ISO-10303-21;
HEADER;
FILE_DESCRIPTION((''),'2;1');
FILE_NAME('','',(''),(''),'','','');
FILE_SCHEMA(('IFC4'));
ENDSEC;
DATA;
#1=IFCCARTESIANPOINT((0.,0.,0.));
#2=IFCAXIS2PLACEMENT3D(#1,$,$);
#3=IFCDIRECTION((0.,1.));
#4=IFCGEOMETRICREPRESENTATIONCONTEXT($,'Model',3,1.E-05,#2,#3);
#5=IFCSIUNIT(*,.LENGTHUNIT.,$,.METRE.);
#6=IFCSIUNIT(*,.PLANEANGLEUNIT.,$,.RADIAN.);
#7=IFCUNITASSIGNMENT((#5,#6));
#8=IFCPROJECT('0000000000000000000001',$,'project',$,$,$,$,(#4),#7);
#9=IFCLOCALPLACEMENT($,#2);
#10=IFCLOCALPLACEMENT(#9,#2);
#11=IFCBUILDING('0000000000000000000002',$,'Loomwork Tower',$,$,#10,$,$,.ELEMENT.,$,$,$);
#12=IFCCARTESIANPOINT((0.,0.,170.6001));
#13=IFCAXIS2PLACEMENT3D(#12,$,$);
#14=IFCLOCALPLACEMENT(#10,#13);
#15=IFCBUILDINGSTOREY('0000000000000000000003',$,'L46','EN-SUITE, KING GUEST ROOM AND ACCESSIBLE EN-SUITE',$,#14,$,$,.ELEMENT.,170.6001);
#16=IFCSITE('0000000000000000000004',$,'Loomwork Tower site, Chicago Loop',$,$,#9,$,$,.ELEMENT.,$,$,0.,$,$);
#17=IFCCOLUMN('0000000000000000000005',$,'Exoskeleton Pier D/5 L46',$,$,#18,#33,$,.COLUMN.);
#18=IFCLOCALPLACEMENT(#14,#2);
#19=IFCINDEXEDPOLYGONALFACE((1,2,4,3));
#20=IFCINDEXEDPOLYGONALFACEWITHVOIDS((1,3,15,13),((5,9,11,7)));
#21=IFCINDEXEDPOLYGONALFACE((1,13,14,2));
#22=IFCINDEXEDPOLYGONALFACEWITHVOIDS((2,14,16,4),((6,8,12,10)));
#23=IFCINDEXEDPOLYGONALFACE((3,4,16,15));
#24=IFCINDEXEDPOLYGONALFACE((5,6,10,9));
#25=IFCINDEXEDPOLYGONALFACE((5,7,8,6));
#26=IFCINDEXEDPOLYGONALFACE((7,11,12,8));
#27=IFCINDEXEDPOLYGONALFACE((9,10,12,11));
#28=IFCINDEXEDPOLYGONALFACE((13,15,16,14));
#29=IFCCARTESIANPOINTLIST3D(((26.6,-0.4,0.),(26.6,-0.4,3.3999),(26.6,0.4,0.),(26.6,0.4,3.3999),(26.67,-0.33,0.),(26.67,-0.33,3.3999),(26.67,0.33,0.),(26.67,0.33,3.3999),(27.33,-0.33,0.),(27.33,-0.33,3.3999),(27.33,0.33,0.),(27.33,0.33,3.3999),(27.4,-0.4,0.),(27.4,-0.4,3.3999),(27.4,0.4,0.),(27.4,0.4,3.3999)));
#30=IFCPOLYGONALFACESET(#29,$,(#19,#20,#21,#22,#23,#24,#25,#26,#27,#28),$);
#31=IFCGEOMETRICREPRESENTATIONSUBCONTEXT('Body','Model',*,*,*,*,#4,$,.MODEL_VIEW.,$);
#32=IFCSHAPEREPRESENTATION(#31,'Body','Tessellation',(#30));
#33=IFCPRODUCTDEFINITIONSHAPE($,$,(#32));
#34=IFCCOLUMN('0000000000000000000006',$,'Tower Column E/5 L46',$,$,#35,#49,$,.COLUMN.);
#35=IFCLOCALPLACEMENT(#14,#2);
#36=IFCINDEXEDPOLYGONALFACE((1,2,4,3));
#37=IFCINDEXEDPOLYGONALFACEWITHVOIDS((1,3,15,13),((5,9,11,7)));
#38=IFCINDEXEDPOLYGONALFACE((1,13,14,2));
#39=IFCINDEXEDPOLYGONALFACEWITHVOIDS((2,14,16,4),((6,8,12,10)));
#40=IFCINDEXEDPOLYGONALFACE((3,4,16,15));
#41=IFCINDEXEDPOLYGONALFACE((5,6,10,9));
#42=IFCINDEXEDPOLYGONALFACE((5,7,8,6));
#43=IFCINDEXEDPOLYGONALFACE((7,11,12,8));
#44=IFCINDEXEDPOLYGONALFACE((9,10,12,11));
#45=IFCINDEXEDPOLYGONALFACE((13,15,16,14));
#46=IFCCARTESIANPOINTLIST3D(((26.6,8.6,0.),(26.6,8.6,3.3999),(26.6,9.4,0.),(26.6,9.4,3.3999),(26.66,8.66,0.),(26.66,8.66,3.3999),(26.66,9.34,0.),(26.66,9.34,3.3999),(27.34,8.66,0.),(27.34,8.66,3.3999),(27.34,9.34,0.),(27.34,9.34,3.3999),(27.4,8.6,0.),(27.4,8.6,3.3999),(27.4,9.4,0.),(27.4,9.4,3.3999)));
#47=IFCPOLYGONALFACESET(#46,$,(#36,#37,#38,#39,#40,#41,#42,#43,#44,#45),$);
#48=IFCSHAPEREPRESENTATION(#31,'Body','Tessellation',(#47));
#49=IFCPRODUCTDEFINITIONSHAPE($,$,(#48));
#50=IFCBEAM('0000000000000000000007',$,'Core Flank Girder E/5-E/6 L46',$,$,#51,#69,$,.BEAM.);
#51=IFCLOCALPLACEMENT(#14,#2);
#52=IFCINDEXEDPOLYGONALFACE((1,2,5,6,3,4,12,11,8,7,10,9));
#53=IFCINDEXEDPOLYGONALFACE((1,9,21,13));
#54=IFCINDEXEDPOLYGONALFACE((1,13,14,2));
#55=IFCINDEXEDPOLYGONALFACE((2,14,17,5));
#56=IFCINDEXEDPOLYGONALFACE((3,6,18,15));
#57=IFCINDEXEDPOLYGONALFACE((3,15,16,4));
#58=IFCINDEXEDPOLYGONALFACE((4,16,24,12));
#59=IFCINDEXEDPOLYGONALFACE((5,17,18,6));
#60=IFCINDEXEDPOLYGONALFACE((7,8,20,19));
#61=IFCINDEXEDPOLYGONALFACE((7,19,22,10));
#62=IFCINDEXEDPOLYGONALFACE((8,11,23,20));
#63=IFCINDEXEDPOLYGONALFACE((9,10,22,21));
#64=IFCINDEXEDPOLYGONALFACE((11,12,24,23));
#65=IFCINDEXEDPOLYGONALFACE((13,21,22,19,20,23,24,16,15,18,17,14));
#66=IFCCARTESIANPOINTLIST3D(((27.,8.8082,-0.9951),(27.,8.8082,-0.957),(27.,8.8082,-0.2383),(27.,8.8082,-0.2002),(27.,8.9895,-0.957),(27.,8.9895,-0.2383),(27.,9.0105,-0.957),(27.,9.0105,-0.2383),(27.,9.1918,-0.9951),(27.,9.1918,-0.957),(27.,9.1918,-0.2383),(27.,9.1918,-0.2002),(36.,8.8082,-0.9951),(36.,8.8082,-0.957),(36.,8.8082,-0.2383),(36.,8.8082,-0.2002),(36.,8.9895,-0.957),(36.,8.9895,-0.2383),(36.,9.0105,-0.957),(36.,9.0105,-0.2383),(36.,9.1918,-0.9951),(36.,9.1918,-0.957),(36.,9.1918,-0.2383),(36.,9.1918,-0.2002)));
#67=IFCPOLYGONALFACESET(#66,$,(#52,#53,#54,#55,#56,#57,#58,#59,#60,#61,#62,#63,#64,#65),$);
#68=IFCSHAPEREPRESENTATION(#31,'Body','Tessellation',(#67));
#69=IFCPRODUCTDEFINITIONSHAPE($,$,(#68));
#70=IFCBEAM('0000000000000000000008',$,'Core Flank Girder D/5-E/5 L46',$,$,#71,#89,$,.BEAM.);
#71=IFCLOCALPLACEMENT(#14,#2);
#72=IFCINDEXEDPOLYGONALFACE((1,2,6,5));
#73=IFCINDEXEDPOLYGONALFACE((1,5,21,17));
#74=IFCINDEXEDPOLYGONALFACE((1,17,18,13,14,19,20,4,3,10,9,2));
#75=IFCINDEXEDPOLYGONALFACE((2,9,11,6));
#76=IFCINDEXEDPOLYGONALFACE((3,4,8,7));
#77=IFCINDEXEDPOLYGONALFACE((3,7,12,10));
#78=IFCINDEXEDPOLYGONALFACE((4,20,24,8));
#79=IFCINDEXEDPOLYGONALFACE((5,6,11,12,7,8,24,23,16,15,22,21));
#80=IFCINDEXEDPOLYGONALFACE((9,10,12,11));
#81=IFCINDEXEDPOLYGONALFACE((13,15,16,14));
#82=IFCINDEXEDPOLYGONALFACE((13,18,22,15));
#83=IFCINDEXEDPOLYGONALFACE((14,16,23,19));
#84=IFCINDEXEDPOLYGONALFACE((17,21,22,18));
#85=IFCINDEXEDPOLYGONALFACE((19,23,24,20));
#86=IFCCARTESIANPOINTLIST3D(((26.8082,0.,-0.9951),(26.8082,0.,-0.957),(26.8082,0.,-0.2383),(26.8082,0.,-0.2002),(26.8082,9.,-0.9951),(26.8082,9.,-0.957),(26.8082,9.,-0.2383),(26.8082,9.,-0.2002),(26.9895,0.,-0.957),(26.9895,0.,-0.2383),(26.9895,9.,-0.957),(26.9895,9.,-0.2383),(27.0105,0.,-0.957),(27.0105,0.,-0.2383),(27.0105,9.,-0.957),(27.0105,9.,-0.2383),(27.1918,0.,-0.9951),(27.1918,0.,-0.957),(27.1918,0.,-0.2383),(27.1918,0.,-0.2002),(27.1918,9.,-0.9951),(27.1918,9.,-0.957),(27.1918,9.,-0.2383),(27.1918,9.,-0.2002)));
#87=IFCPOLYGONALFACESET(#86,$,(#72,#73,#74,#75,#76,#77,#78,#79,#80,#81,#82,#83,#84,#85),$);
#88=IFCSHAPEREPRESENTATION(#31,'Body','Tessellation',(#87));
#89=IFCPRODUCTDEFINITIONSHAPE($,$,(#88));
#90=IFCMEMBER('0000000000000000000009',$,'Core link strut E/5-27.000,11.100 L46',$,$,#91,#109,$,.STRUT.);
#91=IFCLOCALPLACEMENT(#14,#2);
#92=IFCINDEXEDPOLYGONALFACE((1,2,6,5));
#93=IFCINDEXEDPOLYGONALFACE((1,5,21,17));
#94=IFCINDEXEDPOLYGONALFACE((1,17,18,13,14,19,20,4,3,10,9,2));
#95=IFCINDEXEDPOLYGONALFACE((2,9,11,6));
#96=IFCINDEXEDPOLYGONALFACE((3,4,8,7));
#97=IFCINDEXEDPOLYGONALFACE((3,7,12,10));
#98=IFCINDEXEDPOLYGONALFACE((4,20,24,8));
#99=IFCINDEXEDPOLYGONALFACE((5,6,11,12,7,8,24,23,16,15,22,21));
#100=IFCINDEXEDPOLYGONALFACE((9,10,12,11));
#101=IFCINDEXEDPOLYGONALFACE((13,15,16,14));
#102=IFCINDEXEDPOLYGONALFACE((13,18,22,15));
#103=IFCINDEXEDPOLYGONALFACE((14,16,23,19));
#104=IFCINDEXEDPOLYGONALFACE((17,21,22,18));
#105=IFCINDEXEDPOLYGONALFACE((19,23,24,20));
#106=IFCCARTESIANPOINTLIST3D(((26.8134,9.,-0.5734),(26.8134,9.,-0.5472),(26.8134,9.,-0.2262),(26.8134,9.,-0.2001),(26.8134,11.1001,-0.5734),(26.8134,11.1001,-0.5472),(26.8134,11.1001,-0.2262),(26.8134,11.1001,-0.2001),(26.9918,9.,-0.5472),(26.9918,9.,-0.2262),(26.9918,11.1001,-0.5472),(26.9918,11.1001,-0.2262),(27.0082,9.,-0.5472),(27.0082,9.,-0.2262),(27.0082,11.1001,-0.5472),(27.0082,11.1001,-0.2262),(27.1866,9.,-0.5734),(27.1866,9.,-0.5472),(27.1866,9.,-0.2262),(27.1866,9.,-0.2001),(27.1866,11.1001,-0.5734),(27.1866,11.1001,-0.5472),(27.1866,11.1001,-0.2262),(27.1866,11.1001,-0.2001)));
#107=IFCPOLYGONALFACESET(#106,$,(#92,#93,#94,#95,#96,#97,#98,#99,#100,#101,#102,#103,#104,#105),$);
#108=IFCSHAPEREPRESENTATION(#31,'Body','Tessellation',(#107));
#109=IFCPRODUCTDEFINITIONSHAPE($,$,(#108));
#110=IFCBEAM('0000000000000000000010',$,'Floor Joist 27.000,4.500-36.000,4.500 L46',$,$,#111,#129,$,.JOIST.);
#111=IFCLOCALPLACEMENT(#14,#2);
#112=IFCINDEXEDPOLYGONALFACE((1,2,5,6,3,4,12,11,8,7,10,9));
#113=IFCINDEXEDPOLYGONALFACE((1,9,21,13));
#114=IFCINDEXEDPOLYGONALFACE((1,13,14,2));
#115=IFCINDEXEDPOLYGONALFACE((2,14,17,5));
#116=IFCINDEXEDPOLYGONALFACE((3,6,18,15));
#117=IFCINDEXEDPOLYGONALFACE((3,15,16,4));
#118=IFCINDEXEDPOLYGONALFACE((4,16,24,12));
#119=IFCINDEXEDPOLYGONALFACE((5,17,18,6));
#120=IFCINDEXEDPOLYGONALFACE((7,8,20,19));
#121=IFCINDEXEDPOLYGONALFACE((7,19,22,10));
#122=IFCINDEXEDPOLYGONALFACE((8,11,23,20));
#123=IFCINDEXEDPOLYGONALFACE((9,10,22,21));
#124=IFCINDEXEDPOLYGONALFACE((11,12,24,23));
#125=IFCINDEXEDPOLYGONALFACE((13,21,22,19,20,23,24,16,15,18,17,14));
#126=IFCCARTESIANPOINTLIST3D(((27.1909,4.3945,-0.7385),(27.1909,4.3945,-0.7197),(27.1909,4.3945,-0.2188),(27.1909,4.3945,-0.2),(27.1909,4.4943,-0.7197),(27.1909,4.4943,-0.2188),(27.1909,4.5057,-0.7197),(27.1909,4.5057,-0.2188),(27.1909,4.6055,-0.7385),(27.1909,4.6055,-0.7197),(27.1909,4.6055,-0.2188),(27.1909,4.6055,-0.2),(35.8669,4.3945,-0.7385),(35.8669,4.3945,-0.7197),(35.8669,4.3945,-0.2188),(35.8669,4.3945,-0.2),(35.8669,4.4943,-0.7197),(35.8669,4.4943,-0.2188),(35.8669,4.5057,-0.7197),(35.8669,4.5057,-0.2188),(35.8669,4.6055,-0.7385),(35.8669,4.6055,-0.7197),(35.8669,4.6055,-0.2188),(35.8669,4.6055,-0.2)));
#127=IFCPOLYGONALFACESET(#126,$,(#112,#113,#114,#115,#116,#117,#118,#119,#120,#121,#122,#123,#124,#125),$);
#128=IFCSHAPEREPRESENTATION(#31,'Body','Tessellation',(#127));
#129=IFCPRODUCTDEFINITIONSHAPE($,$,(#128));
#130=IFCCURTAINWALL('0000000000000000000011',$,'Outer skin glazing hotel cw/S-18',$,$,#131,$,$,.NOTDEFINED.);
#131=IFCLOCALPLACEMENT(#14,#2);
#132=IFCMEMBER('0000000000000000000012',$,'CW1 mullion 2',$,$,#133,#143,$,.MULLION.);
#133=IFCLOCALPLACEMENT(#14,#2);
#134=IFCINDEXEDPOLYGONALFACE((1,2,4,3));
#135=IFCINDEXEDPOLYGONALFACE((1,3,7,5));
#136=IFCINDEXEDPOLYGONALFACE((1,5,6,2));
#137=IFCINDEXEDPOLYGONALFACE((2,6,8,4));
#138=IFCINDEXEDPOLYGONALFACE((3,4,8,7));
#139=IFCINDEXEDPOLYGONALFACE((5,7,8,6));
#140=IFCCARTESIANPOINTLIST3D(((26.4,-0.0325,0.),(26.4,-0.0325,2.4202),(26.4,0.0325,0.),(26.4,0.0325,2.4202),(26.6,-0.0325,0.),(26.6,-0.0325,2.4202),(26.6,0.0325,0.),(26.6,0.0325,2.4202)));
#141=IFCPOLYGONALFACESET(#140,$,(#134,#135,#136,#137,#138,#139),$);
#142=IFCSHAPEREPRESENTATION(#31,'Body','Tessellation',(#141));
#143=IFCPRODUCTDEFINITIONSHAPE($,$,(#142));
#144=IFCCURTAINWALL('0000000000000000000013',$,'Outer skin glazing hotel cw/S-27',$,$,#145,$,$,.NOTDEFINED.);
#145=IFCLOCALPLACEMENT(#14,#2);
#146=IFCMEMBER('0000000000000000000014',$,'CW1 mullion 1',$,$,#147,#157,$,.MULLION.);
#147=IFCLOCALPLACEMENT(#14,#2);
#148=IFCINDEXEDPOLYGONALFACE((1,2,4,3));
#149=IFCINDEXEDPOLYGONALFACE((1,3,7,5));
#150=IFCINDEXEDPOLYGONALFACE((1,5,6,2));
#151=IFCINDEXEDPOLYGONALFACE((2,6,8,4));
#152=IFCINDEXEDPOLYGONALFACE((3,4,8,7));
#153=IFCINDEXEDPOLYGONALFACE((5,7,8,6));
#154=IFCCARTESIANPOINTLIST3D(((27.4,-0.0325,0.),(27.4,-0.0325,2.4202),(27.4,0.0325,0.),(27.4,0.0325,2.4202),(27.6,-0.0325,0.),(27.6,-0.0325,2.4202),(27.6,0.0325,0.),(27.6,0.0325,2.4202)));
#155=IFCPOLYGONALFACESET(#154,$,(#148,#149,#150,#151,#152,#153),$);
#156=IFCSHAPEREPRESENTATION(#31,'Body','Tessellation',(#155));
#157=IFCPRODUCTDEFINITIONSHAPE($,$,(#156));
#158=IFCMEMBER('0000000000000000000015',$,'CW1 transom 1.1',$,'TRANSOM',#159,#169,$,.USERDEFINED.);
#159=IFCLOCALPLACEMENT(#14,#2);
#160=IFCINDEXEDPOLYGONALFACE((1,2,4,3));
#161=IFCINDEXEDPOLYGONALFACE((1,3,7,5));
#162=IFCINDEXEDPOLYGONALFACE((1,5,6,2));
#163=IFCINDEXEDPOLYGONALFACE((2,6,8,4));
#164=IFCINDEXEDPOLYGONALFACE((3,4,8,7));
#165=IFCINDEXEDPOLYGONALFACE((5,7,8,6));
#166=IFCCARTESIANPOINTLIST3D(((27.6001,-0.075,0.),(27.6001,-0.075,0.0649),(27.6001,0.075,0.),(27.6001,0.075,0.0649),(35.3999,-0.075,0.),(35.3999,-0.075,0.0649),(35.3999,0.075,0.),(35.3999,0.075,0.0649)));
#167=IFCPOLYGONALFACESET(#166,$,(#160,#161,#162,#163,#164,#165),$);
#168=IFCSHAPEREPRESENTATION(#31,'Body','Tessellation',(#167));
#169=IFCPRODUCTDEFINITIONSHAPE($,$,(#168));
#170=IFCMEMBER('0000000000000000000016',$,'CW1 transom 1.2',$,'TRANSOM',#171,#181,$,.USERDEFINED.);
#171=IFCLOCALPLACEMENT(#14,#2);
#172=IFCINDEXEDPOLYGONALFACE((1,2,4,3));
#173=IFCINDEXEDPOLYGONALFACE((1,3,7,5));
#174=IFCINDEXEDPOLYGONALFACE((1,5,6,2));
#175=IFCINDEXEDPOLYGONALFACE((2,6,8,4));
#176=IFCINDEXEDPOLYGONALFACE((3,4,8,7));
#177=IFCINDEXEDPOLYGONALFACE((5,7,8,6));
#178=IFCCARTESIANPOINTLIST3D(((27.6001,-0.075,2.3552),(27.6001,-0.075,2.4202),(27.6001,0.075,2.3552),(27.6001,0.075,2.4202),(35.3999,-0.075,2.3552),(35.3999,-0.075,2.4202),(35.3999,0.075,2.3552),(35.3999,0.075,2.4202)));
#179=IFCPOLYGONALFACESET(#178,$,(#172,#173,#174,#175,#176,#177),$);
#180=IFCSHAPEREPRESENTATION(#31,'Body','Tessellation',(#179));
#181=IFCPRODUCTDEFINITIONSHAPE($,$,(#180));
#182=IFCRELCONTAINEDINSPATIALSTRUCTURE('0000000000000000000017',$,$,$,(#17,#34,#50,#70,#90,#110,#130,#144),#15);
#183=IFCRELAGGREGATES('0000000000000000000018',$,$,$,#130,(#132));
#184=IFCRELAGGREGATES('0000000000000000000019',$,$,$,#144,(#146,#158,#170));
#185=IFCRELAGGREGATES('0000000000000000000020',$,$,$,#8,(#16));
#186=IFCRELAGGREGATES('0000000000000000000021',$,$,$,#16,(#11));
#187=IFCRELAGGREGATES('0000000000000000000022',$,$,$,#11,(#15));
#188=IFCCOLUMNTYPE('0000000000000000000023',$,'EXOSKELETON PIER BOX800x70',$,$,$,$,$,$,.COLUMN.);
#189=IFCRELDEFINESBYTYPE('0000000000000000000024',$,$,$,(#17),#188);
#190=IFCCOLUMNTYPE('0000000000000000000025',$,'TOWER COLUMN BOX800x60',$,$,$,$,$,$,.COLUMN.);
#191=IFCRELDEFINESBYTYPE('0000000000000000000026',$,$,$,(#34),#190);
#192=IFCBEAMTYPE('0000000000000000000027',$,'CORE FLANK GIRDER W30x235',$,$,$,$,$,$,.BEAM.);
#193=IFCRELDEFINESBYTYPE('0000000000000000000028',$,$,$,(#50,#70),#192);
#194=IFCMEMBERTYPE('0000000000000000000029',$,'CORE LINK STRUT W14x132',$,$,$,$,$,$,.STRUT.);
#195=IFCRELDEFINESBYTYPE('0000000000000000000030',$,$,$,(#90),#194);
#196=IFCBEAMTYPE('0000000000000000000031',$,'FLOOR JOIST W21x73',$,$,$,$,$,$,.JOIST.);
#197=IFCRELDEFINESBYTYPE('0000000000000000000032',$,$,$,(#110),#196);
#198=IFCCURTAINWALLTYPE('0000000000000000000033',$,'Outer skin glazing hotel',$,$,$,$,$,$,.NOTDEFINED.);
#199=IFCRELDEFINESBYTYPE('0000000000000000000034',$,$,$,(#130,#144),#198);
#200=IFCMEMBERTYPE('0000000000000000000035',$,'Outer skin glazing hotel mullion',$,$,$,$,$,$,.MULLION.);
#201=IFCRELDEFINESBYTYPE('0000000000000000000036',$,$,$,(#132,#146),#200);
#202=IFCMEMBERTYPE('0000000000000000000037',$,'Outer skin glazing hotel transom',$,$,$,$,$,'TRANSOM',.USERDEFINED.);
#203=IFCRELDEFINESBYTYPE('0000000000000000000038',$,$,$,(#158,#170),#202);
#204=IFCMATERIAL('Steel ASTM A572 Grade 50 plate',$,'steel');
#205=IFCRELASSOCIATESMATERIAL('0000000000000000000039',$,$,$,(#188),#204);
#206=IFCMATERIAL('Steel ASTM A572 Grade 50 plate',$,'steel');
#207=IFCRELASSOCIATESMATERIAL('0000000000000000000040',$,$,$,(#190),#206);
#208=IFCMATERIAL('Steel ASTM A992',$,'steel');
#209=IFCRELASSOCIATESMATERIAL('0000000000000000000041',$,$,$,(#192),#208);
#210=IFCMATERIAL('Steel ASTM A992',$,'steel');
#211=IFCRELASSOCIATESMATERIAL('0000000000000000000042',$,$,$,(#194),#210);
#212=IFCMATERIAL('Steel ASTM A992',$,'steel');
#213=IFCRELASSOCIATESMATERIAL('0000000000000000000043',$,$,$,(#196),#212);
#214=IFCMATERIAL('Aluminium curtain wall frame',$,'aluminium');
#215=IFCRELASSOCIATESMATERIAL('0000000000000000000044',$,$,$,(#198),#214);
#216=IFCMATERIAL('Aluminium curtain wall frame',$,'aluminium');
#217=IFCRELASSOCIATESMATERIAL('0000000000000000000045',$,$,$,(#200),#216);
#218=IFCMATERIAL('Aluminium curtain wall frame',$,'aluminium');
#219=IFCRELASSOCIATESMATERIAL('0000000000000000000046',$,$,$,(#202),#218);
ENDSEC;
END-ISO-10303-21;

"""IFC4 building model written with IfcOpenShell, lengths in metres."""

from ifc_helpers import new_model, si_unit, direction, frame, origin, origin_2d, place, context, subcontext, project, spatial, rectangle, hollow_rectangle, i_section, extrude, material, material_profile, profile_set, type_object, element, aggregate, save


model = new_model("IFC4")

# Units and contexts
model_context = context("Model", 3, precision=1e-05, world=origin(), true_north=direction((0.0, 1.0)))
body_context = subcontext(model_context, "Body", "Model", "MODEL_VIEW")
ifc_project = project(units=[si_unit("LENGTHUNIT", "METRE"), si_unit("PLANEANGLEUNIT", "RADIAN")], contexts=[model_context])

# Site, building, storey
site_placement = place(None, origin())
site = spatial("IfcSite", under=ifc_project, at=site_placement, Name="Loomwork Tower site, Chicago Loop", CompositionType="ELEMENT", RefElevation=0.0)
building_placement = place(site_placement, origin())
building = spatial("IfcBuilding", under=site, at=building_placement, Name="Loomwork Tower", CompositionType="ELEMENT")
storey_placement = place(building_placement, frame((0.0, 0.0, 170.6001)))
storey = spatial("IfcBuildingStorey", under=building, at=storey_placement, Name="L46", Description="EN-SUITE, KING GUEST ROOM AND ACCESSIBLE EN-SUITE", CompositionType="ELEMENT", Elevation=170.6001)

# Columns
ifc_material_1 = material(Name="Steel ASTM A572 Grade 50 plate", Category="steel")
ifc_material_profile_1 = material_profile(ifc_material_1, hollow_rectangle(XDim=0.8, YDim=0.8, WallThickness=0.0701, at=origin_2d()), Name="BOX800x70")
ifc_profile_set_1 = profile_set([ifc_material_profile_1], Name="Steel ASTM A572 Grade 50 plate")
column_type_1 = type_object("IfcColumnType", Name="EXOSKELETON PIER BOX800x70", PredefinedType="COLUMN", material=ifc_profile_set_1)
column_1_placement = place(storey_placement, frame((27.0, 0.0, 0.0), z_axis=(0.0, 0.0, 1.0), x_axis=(1.0, 0.0, 0.0)))
element("IfcColumn", 1, at=column_1_placement, inside=storey, type_object=column_type_1, Name="Exoskeleton Pier D/5 L46", PredefinedType="COLUMN", context=body_context, shape_type="SweptSolid", body=[
    extrude(hollow_rectangle(XDim=0.8, YDim=0.8, WallThickness=0.0701, at=origin_2d()), origin(), (0.0, 0.0, 1.0), 3.3999),
])
ifc_material_2 = material(Name="Steel ASTM A572 Grade 50 plate", Category="steel")
ifc_material_profile_2 = material_profile(ifc_material_2, hollow_rectangle(XDim=0.8, YDim=0.8, WallThickness=0.0601, at=origin_2d()), Name="BOX800x60")
ifc_profile_set_2 = profile_set([ifc_material_profile_2], Name="Steel ASTM A572 Grade 50 plate")
column_type_2 = type_object("IfcColumnType", Name="TOWER COLUMN BOX800x60", PredefinedType="COLUMN", material=ifc_profile_set_2)
column_2_placement = place(storey_placement, frame((27.0, 9.0, 0.0), z_axis=(0.0, 0.0, 1.0), x_axis=(1.0, 0.0, 0.0)))
element("IfcColumn", 2, at=column_2_placement, inside=storey, type_object=column_type_2, Name="Tower Column E/5 L46", PredefinedType="COLUMN", context=body_context, shape_type="SweptSolid", body=[
    extrude(hollow_rectangle(XDim=0.8, YDim=0.8, WallThickness=0.0601, at=origin_2d()), origin(), (0.0, 0.0, 1.0), 3.3999),
])

# Beams
ifc_material_3 = material(Name="Steel ASTM A992", Category="steel")
ifc_material_profile_3 = material_profile(ifc_material_3, i_section(OverallWidth=0.3835, OverallDepth=0.7949, WebThickness=0.021, FlangeThickness=0.0381, at=origin_2d()), Name="W30x235")
ifc_profile_set_3 = profile_set([ifc_material_profile_3], Name="Steel ASTM A992")
beam_type_1 = type_object("IfcBeamType", Name="CORE FLANK GIRDER W30x235", PredefinedType="BEAM", material=ifc_profile_set_3)
for number, where, z_axis, x_axis, name in (
    (3, (27.0, 9.0, -0.5977), (1.0, 0.0, 0.0), (0.0, 1.0, 0.0), "Core Flank Girder E/5-E/6 L46"),
    (4, (27.0, 0.0, -0.5977), (0.0, 1.0, 0.0), (-1.0, 0.0, 0.0), "Core Flank Girder D/5-E/5 L46"),
):
    element("IfcBeam", number, at=place(storey_placement, frame(where, z_axis=z_axis, x_axis=x_axis)), inside=storey, type_object=beam_type_1, Name=name, PredefinedType="BEAM", context=body_context, shape_type="SweptSolid", body=[
        extrude(i_section(OverallWidth=0.3835, OverallDepth=0.7949, WebThickness=0.021, FlangeThickness=0.0381, at=origin_2d()), origin(), (0.0, 0.0, 1.0), 9.0),
    ])

# Member
ifc_material_4 = material(Name="Steel ASTM A992", Category="steel")
ifc_material_profile_4 = material_profile(ifc_material_4, i_section(OverallWidth=0.3733, OverallDepth=0.3733, WebThickness=0.0164, FlangeThickness=0.0261, at=origin_2d()), Name="W14x132")
ifc_profile_set_4 = profile_set([ifc_material_profile_4], Name="Steel ASTM A992")
member_type_1 = type_object("IfcMemberType", Name="CORE LINK STRUT W14x132", PredefinedType="STRUT", material=ifc_profile_set_4)
member_1_placement = place(storey_placement, frame((27.0, 9.0, -0.3867), z_axis=(0.0, 1.0, 0.0), x_axis=(-1.0, 0.0, 0.0)))
element("IfcMember", 5, at=member_1_placement, inside=storey, type_object=member_type_1, Name="Core link strut E/5-27.000,11.100 L46", PredefinedType="STRUT", context=body_context, shape_type="SweptSolid", body=[
    extrude(i_section(OverallWidth=0.3733, OverallDepth=0.3733, WebThickness=0.0164, FlangeThickness=0.0261, at=origin_2d()), origin(), (0.0, 0.0, 1.0), 2.1001),
])

# Beam
ifc_material_5 = material(Name="Steel ASTM A992", Category="steel")
ifc_material_profile_5 = material_profile(ifc_material_5, i_section(OverallWidth=0.2109, OverallDepth=0.5386, WebThickness=0.0115, FlangeThickness=0.0188, at=origin_2d()), Name="W21x73")
ifc_profile_set_5 = profile_set([ifc_material_profile_5], Name="Steel ASTM A992")
beam_type_2 = type_object("IfcBeamType", Name="FLOOR JOIST W21x73", PredefinedType="JOIST", material=ifc_profile_set_5)
beam_1_placement = place(storey_placement, frame((27.1909, 4.5, -0.4692), z_axis=(1.0, 0.0, 0.0), x_axis=(0.0, 1.0, 0.0)))
element("IfcBeam", 6, at=beam_1_placement, inside=storey, type_object=beam_type_2, Name="Floor Joist 27.000,4.500-36.000,4.500 L46", PredefinedType="JOIST", context=body_context, shape_type="SweptSolid", body=[
    extrude(i_section(OverallWidth=0.2109, OverallDepth=0.5386, WebThickness=0.0115, FlangeThickness=0.0188, at=origin_2d()), origin(), (0.0, 0.0, 1.0), 8.676),
])

# Curtain wall, member
ifc_material_6 = material(Name="Aluminium curtain wall frame", Category="aluminium")
curtain_wall_type = type_object("IfcCurtainWallType", Name="Outer skin glazing hotel", PredefinedType="NOTDEFINED", material=ifc_material_6)
curtain_wall_1_placement = place(storey_placement, origin())
curtain_wall_1 = element("IfcCurtainWall", 7, at=curtain_wall_1_placement, inside=storey, type_object=curtain_wall_type, Name="Outer skin glazing hotel cw/S-18", PredefinedType="NOTDEFINED")
ifc_material_7 = material(Name="Aluminium curtain wall frame", Category="aluminium")
ifc_material_profile_6 = material_profile(ifc_material_7, rectangle(XDim=0.0649, YDim=0.2, at=origin_2d()), Name="AL 65x200")
ifc_profile_set_6 = profile_set([ifc_material_profile_6], Name="Aluminium curtain wall frame")
member_type_2 = type_object("IfcMemberType", Name="Outer skin glazing hotel mullion", PredefinedType="MULLION", material=ifc_profile_set_6)
member_2_placement = place(storey_placement, frame((26.5, 0.0, 0.0), z_axis=(0.0, 0.0, 1.0), x_axis=(0.0, 1.0, 0.0)))
member_2 = element("IfcMember", 8, at=member_2_placement, type_object=member_type_2, Name="CW1 mullion 2", PredefinedType="MULLION", context=body_context, shape_type="SweptSolid", body=[
    extrude(rectangle(XDim=0.0649, YDim=0.2, at=origin_2d()), origin(), (0.0, 0.0, 1.0), 2.4202),
])
aggregate(curtain_wall_1, [member_2])

# Curtain wall, members
curtain_wall_2_placement = place(storey_placement, origin())
curtain_wall_2 = element("IfcCurtainWall", 9, at=curtain_wall_2_placement, inside=storey, type_object=curtain_wall_type, Name="Outer skin glazing hotel cw/S-27", PredefinedType="NOTDEFINED")
member_3_placement = place(storey_placement, frame((27.5, 0.0, 0.0), z_axis=(0.0, 0.0, 1.0), x_axis=(0.0, 1.0, 0.0)))
member_3 = element("IfcMember", 10, at=member_3_placement, type_object=member_type_2, Name="CW1 mullion 1", PredefinedType="MULLION", context=body_context, shape_type="SweptSolid", body=[
    extrude(rectangle(XDim=0.0649, YDim=0.2, at=origin_2d()), origin(), (0.0, 0.0, 1.0), 2.4202),
])
ifc_material_8 = material(Name="Aluminium curtain wall frame", Category="aluminium")
ifc_material_profile_7 = material_profile(ifc_material_8, rectangle(XDim=0.1499, YDim=0.0649, at=origin_2d()), Name="AL 65x150")
ifc_profile_set_7 = profile_set([ifc_material_profile_7], Name="Aluminium curtain wall frame")
member_type_3 = type_object("IfcMemberType", Name="Outer skin glazing hotel transom", ElementType="TRANSOM", PredefinedType="USERDEFINED", material=ifc_profile_set_7)
member_4_placement = place(storey_placement, frame((27.6001, 0.0, 0.0325), z_axis=(1.0, 0.0, 0.0), x_axis=(0.0, 1.0, 0.0)))
member_4 = element("IfcMember", 11, at=member_4_placement, type_object=member_type_3, Name="CW1 transom 1.1", ObjectType="TRANSOM", PredefinedType="USERDEFINED", context=body_context, shape_type="SweptSolid", body=[
    extrude(rectangle(XDim=0.1499, YDim=0.0649, at=origin_2d()), origin(), (0.0, 0.0, 1.0), 7.7998),
])
member_5_placement = place(storey_placement, frame((27.6001, 0.0, 2.3877), z_axis=(1.0, 0.0, 0.0), x_axis=(0.0, 1.0, 0.0)))
member_5 = element("IfcMember", 12, at=member_5_placement, type_object=member_type_3, Name="CW1 transom 1.2", ObjectType="TRANSOM", PredefinedType="USERDEFINED", context=body_context, shape_type="SweptSolid", body=[
    extrude(rectangle(XDim=0.1499, YDim=0.0649, at=origin_2d()), origin(), (0.0, 0.0, 1.0), 7.7998),
])

aggregate(curtain_wall_2, [member_3, member_4, member_5])

save(model, "model.ifc")
